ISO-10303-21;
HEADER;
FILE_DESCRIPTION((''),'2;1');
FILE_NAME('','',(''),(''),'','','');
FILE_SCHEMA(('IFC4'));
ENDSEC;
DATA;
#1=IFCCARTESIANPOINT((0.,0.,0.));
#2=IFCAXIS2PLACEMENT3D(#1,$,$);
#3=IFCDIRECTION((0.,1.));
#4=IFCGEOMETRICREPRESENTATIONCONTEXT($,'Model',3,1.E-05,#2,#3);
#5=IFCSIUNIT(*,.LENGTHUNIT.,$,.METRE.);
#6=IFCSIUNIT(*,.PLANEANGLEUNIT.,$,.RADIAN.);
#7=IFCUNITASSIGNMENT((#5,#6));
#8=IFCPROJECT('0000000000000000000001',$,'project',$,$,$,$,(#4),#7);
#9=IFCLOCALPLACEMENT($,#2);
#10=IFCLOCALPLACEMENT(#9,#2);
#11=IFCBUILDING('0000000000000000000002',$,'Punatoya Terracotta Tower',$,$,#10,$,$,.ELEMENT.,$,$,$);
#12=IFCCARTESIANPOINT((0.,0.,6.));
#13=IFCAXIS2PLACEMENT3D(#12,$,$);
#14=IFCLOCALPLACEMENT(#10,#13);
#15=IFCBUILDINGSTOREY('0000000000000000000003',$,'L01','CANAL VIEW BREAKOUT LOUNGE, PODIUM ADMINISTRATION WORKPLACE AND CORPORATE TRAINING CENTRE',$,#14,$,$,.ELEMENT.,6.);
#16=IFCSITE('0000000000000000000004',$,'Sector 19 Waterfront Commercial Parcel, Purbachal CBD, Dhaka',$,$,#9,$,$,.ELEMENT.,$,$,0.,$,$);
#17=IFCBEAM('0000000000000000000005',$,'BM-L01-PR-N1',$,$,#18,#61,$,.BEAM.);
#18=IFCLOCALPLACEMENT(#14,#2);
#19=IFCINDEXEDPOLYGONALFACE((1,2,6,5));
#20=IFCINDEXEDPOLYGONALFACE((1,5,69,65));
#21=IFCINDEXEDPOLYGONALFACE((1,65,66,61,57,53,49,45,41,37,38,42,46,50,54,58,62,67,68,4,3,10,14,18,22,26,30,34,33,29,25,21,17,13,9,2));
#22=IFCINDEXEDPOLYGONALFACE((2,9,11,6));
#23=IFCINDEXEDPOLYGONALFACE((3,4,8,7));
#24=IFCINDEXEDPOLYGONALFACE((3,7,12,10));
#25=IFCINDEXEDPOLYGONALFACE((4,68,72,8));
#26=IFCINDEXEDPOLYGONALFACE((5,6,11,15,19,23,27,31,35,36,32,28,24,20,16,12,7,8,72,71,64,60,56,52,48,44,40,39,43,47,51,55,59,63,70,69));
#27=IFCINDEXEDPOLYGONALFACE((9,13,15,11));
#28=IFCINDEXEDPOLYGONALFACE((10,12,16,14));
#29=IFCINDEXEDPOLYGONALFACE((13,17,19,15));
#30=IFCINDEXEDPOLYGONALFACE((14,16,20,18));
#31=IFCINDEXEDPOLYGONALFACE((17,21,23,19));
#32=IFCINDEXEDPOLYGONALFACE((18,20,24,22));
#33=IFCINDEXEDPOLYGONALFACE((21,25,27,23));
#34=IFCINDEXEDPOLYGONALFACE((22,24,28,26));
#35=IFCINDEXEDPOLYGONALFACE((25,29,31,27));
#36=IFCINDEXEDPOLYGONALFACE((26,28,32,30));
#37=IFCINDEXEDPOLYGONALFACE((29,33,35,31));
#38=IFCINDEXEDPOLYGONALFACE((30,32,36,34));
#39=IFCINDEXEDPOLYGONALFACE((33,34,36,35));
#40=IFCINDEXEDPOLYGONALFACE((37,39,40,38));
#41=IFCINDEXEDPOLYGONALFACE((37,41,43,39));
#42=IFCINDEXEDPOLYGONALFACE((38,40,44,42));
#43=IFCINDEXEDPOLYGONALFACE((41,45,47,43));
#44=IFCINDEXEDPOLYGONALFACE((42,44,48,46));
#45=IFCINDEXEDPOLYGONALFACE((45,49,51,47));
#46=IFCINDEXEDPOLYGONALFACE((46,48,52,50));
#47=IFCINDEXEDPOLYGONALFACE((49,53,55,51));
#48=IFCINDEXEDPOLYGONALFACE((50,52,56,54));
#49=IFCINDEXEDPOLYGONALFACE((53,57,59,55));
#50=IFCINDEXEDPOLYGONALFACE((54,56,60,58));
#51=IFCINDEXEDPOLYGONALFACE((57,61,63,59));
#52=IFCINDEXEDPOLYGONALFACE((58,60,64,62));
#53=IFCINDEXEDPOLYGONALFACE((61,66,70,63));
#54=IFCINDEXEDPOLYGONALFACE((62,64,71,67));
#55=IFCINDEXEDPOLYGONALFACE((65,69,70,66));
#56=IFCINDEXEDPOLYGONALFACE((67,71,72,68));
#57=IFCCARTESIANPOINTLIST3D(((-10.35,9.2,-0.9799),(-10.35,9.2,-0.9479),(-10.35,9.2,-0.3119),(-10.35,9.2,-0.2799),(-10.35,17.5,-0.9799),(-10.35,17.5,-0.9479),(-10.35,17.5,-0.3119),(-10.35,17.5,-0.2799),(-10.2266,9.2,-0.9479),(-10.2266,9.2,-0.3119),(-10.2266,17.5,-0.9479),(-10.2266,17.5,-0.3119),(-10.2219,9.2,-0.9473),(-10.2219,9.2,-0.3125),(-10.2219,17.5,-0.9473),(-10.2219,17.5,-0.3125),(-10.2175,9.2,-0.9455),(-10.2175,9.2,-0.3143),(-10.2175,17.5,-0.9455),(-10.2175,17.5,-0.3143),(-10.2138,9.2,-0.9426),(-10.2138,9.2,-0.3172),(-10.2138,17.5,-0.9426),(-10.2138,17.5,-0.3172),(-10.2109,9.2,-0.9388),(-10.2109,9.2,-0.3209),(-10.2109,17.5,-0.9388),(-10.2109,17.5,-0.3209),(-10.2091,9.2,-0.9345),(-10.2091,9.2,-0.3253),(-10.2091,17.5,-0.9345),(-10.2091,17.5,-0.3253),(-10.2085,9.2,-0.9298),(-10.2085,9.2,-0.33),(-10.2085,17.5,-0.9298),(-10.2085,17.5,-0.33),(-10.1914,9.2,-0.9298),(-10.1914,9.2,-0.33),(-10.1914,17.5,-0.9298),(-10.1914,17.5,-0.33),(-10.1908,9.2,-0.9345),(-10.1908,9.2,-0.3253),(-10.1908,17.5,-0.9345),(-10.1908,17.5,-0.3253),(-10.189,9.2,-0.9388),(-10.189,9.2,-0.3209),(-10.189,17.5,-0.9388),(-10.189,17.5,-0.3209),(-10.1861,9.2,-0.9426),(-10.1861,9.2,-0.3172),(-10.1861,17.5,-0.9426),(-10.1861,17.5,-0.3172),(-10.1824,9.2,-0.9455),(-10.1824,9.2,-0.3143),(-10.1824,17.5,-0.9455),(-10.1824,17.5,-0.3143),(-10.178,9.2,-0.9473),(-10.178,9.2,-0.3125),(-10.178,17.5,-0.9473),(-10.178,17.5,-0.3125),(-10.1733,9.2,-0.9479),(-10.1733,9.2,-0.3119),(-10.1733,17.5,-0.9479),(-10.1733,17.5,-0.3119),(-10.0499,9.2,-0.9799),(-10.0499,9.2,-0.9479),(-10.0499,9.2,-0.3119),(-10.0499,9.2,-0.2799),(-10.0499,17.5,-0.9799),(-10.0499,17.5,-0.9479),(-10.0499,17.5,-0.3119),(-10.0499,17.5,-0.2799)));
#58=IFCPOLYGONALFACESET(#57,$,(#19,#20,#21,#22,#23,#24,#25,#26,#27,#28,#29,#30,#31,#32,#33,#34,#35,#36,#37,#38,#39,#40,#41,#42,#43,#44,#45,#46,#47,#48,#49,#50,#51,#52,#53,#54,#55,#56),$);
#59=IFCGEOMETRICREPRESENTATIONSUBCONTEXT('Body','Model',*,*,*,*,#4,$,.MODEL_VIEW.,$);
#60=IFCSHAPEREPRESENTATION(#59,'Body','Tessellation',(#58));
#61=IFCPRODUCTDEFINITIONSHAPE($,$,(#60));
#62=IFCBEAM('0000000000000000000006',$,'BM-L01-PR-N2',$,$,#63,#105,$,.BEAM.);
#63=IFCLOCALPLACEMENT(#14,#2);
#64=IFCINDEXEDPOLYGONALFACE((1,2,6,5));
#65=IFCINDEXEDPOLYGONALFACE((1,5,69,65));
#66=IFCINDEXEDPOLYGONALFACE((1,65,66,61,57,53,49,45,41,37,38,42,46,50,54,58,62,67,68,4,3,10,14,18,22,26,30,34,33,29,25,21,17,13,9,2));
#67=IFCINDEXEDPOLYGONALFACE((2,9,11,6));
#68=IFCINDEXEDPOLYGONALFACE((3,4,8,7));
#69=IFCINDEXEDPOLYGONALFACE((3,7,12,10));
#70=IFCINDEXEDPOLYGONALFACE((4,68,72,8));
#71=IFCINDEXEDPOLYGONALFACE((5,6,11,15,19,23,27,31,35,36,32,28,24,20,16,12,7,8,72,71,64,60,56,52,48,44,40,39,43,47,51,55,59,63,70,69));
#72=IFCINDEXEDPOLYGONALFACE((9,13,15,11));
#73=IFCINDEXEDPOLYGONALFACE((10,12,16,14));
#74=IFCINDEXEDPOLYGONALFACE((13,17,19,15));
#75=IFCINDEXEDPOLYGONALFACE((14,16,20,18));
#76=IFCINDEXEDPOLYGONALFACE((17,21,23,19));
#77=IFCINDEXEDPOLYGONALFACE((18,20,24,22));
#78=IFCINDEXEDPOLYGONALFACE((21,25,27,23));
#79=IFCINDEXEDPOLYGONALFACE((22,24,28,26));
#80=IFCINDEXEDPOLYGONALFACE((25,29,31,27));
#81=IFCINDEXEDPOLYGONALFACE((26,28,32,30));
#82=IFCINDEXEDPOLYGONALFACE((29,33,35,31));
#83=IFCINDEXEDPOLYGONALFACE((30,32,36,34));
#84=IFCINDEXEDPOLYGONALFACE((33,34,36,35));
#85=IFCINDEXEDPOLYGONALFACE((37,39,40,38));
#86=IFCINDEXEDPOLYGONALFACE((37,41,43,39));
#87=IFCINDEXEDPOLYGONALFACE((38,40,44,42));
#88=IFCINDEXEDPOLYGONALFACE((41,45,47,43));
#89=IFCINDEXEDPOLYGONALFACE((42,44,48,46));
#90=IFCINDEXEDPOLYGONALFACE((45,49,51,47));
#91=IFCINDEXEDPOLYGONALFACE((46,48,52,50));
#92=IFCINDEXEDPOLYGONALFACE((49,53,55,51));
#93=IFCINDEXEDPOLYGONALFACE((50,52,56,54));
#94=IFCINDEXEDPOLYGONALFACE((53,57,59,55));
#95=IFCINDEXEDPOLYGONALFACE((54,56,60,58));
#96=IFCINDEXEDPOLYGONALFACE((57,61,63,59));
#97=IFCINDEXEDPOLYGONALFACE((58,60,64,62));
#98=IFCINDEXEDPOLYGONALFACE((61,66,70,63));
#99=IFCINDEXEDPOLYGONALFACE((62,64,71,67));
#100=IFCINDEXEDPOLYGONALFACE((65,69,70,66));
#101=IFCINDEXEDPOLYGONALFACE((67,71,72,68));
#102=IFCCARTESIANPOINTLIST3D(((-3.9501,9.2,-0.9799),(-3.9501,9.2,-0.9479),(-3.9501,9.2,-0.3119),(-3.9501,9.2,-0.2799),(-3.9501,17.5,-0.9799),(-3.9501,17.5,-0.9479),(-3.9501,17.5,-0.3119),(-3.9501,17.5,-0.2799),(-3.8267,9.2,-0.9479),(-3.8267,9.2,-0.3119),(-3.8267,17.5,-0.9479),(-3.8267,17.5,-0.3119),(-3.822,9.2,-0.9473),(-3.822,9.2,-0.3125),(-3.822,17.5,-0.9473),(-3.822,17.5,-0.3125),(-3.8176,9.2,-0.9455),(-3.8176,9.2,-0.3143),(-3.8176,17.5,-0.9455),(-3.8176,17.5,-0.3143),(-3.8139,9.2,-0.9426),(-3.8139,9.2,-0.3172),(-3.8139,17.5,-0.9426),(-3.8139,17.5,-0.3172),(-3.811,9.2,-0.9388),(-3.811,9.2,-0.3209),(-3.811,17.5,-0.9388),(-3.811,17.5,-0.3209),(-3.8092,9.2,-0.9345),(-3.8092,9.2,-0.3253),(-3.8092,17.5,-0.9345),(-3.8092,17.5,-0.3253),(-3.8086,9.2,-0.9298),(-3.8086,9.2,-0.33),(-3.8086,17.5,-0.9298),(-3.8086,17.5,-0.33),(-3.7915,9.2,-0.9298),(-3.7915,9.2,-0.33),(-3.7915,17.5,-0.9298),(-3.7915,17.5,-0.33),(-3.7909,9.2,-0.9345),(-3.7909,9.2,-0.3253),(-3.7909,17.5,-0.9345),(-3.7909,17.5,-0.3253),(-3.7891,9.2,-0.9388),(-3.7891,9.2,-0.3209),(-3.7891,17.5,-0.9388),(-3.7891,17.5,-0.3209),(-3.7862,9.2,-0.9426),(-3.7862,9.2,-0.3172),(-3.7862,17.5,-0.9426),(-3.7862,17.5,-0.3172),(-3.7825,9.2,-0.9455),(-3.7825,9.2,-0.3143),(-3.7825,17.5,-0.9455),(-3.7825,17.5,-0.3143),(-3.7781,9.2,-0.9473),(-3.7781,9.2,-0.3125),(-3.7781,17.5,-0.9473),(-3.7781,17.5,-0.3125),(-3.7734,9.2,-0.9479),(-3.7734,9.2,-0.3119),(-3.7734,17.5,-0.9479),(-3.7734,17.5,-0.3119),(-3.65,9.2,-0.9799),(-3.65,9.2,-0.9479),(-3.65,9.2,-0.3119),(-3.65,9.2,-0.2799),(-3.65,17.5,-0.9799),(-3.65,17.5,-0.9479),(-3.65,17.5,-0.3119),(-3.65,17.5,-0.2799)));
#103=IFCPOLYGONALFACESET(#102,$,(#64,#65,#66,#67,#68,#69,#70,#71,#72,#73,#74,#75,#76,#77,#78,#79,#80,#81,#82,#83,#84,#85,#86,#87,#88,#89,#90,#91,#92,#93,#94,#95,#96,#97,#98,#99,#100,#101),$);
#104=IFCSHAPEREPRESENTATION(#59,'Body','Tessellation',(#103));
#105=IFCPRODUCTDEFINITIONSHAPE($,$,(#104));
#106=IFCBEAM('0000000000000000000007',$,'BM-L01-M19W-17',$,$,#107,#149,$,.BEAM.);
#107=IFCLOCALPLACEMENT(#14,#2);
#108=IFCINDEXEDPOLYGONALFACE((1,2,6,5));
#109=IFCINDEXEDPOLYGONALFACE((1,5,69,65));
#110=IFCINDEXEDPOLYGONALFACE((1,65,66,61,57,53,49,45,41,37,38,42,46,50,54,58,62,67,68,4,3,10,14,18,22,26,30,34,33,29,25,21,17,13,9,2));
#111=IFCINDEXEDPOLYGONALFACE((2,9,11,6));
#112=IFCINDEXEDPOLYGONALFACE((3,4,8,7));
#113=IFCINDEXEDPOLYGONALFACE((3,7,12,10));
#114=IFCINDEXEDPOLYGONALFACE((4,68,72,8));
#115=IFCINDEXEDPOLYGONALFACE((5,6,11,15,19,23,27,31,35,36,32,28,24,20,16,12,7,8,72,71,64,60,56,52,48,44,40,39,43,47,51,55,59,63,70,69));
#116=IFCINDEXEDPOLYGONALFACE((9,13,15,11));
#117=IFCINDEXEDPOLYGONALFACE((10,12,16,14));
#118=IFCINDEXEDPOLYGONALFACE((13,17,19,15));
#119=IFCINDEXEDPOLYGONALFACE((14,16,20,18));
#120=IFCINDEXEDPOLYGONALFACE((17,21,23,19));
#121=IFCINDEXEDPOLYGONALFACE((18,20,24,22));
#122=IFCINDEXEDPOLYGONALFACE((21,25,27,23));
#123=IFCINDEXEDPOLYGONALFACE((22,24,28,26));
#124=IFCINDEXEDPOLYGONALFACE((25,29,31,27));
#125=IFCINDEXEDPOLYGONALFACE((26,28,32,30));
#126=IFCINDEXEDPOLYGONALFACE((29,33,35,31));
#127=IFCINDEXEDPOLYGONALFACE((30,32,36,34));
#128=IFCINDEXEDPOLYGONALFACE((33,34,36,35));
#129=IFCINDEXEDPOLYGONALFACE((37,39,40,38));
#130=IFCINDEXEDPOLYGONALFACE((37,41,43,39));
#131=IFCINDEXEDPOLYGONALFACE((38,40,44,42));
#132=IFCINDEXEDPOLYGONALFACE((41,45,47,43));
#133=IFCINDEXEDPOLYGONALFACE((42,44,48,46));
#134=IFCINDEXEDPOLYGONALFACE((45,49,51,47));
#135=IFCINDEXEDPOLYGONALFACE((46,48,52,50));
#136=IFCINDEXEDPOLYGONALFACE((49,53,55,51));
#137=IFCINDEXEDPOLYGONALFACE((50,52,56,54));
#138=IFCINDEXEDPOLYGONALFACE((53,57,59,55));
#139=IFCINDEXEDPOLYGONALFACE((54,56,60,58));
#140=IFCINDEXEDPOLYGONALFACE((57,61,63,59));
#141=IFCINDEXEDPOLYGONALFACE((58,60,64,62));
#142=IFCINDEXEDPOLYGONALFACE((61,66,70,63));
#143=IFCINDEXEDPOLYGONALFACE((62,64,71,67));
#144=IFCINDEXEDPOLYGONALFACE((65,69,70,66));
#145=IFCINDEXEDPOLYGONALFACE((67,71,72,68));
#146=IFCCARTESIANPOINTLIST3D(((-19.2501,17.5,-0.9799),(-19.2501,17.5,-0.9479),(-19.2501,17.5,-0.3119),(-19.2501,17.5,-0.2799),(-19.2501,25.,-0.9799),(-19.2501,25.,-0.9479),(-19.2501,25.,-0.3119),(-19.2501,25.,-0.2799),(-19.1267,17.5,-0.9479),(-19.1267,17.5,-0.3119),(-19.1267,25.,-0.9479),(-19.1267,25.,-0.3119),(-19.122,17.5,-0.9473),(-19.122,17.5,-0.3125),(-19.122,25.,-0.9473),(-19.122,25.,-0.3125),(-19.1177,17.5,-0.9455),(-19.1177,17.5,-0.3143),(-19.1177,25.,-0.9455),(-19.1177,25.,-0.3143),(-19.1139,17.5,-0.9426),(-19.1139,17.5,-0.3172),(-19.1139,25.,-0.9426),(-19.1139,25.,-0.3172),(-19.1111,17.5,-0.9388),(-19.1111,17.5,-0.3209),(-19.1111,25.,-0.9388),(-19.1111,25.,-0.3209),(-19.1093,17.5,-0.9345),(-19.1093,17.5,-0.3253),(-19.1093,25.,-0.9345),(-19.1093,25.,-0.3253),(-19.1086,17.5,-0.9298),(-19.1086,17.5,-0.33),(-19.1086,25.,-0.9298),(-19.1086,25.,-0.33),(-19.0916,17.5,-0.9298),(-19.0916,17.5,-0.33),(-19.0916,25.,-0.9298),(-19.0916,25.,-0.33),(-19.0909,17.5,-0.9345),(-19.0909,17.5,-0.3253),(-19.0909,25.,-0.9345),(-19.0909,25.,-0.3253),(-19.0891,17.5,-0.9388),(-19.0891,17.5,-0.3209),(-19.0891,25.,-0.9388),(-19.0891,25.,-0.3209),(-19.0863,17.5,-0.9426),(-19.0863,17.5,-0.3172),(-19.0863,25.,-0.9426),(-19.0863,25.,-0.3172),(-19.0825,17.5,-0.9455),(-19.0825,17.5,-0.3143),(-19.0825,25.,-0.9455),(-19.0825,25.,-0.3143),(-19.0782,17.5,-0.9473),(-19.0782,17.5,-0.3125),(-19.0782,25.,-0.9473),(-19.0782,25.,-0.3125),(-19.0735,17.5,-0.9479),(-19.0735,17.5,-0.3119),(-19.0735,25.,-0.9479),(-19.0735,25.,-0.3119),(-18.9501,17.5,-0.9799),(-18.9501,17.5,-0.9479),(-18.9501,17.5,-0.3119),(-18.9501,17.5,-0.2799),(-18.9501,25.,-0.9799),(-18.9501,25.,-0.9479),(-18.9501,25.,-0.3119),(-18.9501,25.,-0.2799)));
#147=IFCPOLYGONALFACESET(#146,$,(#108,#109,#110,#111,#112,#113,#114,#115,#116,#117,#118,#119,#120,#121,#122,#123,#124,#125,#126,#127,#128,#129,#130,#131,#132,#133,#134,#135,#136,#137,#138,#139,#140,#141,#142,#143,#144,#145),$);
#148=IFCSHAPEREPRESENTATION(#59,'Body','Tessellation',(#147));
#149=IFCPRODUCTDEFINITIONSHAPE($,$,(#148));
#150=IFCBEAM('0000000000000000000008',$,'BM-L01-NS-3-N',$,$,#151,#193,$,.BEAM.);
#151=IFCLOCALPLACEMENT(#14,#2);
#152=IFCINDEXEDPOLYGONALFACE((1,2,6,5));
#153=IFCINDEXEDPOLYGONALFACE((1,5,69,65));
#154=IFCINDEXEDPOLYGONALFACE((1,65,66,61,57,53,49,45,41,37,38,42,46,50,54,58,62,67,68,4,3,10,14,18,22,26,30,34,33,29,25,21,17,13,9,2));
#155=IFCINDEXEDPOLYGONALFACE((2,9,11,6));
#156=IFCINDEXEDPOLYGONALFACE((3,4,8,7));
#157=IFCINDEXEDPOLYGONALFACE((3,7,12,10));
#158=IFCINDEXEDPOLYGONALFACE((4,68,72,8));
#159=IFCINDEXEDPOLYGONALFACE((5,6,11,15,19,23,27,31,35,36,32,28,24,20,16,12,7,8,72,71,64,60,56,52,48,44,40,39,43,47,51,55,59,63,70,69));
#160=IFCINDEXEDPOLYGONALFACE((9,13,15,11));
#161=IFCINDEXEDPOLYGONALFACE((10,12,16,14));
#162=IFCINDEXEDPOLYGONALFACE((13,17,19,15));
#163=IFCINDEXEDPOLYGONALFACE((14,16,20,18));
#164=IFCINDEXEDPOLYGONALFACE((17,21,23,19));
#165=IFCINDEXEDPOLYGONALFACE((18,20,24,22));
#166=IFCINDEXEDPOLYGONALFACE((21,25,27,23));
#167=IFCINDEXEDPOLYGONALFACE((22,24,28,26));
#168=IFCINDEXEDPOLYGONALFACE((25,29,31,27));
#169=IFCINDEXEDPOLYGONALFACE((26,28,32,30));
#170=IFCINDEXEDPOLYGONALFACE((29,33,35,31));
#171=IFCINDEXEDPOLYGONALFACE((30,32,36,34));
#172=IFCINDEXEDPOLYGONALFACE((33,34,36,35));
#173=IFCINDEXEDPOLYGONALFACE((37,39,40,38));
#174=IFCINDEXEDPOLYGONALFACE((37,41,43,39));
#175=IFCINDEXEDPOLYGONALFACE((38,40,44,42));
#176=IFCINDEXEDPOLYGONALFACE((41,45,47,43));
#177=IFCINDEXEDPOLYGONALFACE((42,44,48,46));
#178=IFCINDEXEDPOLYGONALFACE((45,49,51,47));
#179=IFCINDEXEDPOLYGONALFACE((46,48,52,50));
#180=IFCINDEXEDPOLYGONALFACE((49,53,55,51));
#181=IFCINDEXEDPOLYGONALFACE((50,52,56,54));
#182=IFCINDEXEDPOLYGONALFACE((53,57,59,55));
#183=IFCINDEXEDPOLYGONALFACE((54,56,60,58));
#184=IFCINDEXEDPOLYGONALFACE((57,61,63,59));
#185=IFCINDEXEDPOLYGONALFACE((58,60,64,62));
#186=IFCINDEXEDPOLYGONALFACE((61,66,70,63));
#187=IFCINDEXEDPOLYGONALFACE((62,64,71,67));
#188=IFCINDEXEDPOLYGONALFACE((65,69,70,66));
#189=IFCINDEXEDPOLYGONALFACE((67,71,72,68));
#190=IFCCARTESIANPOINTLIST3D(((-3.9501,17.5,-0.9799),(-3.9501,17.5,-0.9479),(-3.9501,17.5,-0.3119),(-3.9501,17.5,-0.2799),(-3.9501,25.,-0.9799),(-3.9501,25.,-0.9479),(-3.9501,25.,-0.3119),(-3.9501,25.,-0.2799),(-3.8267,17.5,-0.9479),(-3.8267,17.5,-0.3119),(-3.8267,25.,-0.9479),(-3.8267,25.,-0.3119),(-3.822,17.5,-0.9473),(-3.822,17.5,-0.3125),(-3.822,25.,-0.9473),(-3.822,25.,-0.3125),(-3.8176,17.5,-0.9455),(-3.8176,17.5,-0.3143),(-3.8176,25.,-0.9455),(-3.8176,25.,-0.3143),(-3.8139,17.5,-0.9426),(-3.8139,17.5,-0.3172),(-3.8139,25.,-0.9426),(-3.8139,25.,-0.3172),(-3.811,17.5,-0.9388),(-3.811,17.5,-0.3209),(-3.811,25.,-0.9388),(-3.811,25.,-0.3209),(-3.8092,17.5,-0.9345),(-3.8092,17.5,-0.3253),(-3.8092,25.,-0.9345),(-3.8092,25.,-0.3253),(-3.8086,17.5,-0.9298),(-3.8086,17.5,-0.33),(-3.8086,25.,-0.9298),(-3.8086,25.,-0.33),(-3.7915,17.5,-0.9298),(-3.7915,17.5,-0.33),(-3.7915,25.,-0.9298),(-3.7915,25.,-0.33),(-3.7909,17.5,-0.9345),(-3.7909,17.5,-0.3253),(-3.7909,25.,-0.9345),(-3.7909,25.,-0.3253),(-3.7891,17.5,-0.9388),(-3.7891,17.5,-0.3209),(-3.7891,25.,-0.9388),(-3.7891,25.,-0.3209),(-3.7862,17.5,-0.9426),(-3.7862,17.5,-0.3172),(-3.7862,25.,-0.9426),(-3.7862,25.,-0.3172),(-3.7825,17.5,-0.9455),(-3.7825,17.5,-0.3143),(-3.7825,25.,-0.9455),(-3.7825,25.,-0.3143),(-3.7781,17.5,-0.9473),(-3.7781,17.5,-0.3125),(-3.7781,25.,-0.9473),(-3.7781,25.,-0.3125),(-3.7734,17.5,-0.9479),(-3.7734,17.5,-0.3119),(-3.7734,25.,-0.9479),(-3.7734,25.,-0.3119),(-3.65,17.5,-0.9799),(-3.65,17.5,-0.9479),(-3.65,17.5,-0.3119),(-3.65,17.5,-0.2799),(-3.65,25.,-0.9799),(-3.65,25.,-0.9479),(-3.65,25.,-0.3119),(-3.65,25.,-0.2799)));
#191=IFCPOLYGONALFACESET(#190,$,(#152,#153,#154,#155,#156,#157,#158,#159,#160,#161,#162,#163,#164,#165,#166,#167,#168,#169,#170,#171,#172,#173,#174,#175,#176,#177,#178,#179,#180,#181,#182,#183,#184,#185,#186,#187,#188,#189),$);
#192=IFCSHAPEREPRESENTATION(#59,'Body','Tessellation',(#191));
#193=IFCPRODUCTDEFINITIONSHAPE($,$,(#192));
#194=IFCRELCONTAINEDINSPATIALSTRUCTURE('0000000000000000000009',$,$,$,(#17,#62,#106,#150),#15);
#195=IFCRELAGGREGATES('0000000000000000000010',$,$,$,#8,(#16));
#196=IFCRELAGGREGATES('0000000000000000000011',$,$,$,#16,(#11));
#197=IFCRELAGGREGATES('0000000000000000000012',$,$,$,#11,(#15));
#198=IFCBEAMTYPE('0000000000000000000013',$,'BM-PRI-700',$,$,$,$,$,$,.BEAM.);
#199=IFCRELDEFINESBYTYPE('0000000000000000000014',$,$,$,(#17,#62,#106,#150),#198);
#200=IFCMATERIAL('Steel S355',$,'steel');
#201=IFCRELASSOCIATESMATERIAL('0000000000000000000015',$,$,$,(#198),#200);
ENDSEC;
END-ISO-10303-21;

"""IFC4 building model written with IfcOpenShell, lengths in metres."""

from ifc_helpers import new_model, si_unit, direction, frame, origin, origin_2d, place, context, subcontext, project, spatial, i_section, extrude, material, material_profile, profile_set, type_object, element, save


model = new_model("IFC4")

# Units and contexts
model_context = context("Model", 3, precision=1e-05, world=origin(), true_north=direction((0.0, 1.0)))
body_context = subcontext(model_context, "Body", "Model", "MODEL_VIEW")
ifc_project = project(units=[si_unit("LENGTHUNIT", "METRE"), si_unit("PLANEANGLEUNIT", "RADIAN")], contexts=[model_context])

# Site, building, storey
site_placement = place(None, origin())
site = spatial("IfcSite", under=ifc_project, at=site_placement, Name="Sector 19 Waterfront Commercial Parcel, Purbachal CBD, Dhaka", CompositionType="ELEMENT", RefElevation=0.0)
building_placement = place(site_placement, origin())
building = spatial("IfcBuilding", under=site, at=building_placement, Name="Punatoya Terracotta Tower", CompositionType="ELEMENT")
storey_placement = place(building_placement, frame((0.0, 0.0, 6.0)))
storey = spatial("IfcBuildingStorey", under=building, at=storey_placement, Name="L01", Description="CANAL VIEW BREAKOUT LOUNGE, PODIUM ADMINISTRATION WORKPLACE AND CORPORATE TRAINING CENTRE", CompositionType="ELEMENT", Elevation=6.0)

# Beams
ifc_material_1 = material(Name="Steel S355", Category="steel")
ifc_material_profile_1 = material_profile(ifc_material_1, i_section(OverallWidth=0.3, OverallDepth=0.7, WebThickness=0.0171, FlangeThickness=0.032, FilletRadius=0.0181, at=origin_2d()))
ifc_profile_set_1 = profile_set([ifc_material_profile_1], Name="Steel S355")
beam_type_1 = type_object("IfcBeamType", Name="BM-PRI-700", PredefinedType="BEAM", material=ifc_profile_set_1)
for number, where, z_axis, x_axis, name in (
    (1, (-10.2, 9.2, -0.6299), (0.0, 1.0, 0.0), (-1.0, 0.0, 0.0), "BM-L01-PR-N1"),
    (2, (-3.8, 9.2, -0.6299), (0.0, 1.0, 0.0), (-1.0, 0.0, 0.0), "BM-L01-PR-N2"),
):
    element("IfcBeam", number, at=place(storey_placement, frame(where, z_axis=z_axis, x_axis=x_axis)), inside=storey, type_object=beam_type_1, Name=name, PredefinedType="BEAM", context=body_context, shape_type="SweptSolid", body=[
        extrude(i_section(OverallWidth=0.3, OverallDepth=0.7, WebThickness=0.0171, FlangeThickness=0.032, FilletRadius=0.0181, at=origin_2d()), origin(), (0.0, 0.0, 1.0), 8.3),
    ])
for number, where, z_axis, x_axis, name in (
    (3, (-19.1001, 17.5, -0.6299), (0.0, 1.0, 0.0), (-1.0, 0.0, 0.0), "BM-L01-M19W-17"),
    (4, (-3.8, 17.5, -0.6299), (0.0, 1.0, 0.0), (-1.0, 0.0, 0.0), "BM-L01-NS-3-N"),
):
    element("IfcBeam", number, at=place(storey_placement, frame(where, z_axis=z_axis, x_axis=x_axis)), inside=storey, type_object=beam_type_1, Name=name, PredefinedType="BEAM", context=body_context, shape_type="SweptSolid", body=[
        extrude(i_section(OverallWidth=0.3, OverallDepth=0.7, WebThickness=0.0171, FlangeThickness=0.032, FilletRadius=0.0181, at=origin_2d()), origin(), (0.0, 0.0, 1.0), 7.5),
    ])

save(model, "model.ifc")
